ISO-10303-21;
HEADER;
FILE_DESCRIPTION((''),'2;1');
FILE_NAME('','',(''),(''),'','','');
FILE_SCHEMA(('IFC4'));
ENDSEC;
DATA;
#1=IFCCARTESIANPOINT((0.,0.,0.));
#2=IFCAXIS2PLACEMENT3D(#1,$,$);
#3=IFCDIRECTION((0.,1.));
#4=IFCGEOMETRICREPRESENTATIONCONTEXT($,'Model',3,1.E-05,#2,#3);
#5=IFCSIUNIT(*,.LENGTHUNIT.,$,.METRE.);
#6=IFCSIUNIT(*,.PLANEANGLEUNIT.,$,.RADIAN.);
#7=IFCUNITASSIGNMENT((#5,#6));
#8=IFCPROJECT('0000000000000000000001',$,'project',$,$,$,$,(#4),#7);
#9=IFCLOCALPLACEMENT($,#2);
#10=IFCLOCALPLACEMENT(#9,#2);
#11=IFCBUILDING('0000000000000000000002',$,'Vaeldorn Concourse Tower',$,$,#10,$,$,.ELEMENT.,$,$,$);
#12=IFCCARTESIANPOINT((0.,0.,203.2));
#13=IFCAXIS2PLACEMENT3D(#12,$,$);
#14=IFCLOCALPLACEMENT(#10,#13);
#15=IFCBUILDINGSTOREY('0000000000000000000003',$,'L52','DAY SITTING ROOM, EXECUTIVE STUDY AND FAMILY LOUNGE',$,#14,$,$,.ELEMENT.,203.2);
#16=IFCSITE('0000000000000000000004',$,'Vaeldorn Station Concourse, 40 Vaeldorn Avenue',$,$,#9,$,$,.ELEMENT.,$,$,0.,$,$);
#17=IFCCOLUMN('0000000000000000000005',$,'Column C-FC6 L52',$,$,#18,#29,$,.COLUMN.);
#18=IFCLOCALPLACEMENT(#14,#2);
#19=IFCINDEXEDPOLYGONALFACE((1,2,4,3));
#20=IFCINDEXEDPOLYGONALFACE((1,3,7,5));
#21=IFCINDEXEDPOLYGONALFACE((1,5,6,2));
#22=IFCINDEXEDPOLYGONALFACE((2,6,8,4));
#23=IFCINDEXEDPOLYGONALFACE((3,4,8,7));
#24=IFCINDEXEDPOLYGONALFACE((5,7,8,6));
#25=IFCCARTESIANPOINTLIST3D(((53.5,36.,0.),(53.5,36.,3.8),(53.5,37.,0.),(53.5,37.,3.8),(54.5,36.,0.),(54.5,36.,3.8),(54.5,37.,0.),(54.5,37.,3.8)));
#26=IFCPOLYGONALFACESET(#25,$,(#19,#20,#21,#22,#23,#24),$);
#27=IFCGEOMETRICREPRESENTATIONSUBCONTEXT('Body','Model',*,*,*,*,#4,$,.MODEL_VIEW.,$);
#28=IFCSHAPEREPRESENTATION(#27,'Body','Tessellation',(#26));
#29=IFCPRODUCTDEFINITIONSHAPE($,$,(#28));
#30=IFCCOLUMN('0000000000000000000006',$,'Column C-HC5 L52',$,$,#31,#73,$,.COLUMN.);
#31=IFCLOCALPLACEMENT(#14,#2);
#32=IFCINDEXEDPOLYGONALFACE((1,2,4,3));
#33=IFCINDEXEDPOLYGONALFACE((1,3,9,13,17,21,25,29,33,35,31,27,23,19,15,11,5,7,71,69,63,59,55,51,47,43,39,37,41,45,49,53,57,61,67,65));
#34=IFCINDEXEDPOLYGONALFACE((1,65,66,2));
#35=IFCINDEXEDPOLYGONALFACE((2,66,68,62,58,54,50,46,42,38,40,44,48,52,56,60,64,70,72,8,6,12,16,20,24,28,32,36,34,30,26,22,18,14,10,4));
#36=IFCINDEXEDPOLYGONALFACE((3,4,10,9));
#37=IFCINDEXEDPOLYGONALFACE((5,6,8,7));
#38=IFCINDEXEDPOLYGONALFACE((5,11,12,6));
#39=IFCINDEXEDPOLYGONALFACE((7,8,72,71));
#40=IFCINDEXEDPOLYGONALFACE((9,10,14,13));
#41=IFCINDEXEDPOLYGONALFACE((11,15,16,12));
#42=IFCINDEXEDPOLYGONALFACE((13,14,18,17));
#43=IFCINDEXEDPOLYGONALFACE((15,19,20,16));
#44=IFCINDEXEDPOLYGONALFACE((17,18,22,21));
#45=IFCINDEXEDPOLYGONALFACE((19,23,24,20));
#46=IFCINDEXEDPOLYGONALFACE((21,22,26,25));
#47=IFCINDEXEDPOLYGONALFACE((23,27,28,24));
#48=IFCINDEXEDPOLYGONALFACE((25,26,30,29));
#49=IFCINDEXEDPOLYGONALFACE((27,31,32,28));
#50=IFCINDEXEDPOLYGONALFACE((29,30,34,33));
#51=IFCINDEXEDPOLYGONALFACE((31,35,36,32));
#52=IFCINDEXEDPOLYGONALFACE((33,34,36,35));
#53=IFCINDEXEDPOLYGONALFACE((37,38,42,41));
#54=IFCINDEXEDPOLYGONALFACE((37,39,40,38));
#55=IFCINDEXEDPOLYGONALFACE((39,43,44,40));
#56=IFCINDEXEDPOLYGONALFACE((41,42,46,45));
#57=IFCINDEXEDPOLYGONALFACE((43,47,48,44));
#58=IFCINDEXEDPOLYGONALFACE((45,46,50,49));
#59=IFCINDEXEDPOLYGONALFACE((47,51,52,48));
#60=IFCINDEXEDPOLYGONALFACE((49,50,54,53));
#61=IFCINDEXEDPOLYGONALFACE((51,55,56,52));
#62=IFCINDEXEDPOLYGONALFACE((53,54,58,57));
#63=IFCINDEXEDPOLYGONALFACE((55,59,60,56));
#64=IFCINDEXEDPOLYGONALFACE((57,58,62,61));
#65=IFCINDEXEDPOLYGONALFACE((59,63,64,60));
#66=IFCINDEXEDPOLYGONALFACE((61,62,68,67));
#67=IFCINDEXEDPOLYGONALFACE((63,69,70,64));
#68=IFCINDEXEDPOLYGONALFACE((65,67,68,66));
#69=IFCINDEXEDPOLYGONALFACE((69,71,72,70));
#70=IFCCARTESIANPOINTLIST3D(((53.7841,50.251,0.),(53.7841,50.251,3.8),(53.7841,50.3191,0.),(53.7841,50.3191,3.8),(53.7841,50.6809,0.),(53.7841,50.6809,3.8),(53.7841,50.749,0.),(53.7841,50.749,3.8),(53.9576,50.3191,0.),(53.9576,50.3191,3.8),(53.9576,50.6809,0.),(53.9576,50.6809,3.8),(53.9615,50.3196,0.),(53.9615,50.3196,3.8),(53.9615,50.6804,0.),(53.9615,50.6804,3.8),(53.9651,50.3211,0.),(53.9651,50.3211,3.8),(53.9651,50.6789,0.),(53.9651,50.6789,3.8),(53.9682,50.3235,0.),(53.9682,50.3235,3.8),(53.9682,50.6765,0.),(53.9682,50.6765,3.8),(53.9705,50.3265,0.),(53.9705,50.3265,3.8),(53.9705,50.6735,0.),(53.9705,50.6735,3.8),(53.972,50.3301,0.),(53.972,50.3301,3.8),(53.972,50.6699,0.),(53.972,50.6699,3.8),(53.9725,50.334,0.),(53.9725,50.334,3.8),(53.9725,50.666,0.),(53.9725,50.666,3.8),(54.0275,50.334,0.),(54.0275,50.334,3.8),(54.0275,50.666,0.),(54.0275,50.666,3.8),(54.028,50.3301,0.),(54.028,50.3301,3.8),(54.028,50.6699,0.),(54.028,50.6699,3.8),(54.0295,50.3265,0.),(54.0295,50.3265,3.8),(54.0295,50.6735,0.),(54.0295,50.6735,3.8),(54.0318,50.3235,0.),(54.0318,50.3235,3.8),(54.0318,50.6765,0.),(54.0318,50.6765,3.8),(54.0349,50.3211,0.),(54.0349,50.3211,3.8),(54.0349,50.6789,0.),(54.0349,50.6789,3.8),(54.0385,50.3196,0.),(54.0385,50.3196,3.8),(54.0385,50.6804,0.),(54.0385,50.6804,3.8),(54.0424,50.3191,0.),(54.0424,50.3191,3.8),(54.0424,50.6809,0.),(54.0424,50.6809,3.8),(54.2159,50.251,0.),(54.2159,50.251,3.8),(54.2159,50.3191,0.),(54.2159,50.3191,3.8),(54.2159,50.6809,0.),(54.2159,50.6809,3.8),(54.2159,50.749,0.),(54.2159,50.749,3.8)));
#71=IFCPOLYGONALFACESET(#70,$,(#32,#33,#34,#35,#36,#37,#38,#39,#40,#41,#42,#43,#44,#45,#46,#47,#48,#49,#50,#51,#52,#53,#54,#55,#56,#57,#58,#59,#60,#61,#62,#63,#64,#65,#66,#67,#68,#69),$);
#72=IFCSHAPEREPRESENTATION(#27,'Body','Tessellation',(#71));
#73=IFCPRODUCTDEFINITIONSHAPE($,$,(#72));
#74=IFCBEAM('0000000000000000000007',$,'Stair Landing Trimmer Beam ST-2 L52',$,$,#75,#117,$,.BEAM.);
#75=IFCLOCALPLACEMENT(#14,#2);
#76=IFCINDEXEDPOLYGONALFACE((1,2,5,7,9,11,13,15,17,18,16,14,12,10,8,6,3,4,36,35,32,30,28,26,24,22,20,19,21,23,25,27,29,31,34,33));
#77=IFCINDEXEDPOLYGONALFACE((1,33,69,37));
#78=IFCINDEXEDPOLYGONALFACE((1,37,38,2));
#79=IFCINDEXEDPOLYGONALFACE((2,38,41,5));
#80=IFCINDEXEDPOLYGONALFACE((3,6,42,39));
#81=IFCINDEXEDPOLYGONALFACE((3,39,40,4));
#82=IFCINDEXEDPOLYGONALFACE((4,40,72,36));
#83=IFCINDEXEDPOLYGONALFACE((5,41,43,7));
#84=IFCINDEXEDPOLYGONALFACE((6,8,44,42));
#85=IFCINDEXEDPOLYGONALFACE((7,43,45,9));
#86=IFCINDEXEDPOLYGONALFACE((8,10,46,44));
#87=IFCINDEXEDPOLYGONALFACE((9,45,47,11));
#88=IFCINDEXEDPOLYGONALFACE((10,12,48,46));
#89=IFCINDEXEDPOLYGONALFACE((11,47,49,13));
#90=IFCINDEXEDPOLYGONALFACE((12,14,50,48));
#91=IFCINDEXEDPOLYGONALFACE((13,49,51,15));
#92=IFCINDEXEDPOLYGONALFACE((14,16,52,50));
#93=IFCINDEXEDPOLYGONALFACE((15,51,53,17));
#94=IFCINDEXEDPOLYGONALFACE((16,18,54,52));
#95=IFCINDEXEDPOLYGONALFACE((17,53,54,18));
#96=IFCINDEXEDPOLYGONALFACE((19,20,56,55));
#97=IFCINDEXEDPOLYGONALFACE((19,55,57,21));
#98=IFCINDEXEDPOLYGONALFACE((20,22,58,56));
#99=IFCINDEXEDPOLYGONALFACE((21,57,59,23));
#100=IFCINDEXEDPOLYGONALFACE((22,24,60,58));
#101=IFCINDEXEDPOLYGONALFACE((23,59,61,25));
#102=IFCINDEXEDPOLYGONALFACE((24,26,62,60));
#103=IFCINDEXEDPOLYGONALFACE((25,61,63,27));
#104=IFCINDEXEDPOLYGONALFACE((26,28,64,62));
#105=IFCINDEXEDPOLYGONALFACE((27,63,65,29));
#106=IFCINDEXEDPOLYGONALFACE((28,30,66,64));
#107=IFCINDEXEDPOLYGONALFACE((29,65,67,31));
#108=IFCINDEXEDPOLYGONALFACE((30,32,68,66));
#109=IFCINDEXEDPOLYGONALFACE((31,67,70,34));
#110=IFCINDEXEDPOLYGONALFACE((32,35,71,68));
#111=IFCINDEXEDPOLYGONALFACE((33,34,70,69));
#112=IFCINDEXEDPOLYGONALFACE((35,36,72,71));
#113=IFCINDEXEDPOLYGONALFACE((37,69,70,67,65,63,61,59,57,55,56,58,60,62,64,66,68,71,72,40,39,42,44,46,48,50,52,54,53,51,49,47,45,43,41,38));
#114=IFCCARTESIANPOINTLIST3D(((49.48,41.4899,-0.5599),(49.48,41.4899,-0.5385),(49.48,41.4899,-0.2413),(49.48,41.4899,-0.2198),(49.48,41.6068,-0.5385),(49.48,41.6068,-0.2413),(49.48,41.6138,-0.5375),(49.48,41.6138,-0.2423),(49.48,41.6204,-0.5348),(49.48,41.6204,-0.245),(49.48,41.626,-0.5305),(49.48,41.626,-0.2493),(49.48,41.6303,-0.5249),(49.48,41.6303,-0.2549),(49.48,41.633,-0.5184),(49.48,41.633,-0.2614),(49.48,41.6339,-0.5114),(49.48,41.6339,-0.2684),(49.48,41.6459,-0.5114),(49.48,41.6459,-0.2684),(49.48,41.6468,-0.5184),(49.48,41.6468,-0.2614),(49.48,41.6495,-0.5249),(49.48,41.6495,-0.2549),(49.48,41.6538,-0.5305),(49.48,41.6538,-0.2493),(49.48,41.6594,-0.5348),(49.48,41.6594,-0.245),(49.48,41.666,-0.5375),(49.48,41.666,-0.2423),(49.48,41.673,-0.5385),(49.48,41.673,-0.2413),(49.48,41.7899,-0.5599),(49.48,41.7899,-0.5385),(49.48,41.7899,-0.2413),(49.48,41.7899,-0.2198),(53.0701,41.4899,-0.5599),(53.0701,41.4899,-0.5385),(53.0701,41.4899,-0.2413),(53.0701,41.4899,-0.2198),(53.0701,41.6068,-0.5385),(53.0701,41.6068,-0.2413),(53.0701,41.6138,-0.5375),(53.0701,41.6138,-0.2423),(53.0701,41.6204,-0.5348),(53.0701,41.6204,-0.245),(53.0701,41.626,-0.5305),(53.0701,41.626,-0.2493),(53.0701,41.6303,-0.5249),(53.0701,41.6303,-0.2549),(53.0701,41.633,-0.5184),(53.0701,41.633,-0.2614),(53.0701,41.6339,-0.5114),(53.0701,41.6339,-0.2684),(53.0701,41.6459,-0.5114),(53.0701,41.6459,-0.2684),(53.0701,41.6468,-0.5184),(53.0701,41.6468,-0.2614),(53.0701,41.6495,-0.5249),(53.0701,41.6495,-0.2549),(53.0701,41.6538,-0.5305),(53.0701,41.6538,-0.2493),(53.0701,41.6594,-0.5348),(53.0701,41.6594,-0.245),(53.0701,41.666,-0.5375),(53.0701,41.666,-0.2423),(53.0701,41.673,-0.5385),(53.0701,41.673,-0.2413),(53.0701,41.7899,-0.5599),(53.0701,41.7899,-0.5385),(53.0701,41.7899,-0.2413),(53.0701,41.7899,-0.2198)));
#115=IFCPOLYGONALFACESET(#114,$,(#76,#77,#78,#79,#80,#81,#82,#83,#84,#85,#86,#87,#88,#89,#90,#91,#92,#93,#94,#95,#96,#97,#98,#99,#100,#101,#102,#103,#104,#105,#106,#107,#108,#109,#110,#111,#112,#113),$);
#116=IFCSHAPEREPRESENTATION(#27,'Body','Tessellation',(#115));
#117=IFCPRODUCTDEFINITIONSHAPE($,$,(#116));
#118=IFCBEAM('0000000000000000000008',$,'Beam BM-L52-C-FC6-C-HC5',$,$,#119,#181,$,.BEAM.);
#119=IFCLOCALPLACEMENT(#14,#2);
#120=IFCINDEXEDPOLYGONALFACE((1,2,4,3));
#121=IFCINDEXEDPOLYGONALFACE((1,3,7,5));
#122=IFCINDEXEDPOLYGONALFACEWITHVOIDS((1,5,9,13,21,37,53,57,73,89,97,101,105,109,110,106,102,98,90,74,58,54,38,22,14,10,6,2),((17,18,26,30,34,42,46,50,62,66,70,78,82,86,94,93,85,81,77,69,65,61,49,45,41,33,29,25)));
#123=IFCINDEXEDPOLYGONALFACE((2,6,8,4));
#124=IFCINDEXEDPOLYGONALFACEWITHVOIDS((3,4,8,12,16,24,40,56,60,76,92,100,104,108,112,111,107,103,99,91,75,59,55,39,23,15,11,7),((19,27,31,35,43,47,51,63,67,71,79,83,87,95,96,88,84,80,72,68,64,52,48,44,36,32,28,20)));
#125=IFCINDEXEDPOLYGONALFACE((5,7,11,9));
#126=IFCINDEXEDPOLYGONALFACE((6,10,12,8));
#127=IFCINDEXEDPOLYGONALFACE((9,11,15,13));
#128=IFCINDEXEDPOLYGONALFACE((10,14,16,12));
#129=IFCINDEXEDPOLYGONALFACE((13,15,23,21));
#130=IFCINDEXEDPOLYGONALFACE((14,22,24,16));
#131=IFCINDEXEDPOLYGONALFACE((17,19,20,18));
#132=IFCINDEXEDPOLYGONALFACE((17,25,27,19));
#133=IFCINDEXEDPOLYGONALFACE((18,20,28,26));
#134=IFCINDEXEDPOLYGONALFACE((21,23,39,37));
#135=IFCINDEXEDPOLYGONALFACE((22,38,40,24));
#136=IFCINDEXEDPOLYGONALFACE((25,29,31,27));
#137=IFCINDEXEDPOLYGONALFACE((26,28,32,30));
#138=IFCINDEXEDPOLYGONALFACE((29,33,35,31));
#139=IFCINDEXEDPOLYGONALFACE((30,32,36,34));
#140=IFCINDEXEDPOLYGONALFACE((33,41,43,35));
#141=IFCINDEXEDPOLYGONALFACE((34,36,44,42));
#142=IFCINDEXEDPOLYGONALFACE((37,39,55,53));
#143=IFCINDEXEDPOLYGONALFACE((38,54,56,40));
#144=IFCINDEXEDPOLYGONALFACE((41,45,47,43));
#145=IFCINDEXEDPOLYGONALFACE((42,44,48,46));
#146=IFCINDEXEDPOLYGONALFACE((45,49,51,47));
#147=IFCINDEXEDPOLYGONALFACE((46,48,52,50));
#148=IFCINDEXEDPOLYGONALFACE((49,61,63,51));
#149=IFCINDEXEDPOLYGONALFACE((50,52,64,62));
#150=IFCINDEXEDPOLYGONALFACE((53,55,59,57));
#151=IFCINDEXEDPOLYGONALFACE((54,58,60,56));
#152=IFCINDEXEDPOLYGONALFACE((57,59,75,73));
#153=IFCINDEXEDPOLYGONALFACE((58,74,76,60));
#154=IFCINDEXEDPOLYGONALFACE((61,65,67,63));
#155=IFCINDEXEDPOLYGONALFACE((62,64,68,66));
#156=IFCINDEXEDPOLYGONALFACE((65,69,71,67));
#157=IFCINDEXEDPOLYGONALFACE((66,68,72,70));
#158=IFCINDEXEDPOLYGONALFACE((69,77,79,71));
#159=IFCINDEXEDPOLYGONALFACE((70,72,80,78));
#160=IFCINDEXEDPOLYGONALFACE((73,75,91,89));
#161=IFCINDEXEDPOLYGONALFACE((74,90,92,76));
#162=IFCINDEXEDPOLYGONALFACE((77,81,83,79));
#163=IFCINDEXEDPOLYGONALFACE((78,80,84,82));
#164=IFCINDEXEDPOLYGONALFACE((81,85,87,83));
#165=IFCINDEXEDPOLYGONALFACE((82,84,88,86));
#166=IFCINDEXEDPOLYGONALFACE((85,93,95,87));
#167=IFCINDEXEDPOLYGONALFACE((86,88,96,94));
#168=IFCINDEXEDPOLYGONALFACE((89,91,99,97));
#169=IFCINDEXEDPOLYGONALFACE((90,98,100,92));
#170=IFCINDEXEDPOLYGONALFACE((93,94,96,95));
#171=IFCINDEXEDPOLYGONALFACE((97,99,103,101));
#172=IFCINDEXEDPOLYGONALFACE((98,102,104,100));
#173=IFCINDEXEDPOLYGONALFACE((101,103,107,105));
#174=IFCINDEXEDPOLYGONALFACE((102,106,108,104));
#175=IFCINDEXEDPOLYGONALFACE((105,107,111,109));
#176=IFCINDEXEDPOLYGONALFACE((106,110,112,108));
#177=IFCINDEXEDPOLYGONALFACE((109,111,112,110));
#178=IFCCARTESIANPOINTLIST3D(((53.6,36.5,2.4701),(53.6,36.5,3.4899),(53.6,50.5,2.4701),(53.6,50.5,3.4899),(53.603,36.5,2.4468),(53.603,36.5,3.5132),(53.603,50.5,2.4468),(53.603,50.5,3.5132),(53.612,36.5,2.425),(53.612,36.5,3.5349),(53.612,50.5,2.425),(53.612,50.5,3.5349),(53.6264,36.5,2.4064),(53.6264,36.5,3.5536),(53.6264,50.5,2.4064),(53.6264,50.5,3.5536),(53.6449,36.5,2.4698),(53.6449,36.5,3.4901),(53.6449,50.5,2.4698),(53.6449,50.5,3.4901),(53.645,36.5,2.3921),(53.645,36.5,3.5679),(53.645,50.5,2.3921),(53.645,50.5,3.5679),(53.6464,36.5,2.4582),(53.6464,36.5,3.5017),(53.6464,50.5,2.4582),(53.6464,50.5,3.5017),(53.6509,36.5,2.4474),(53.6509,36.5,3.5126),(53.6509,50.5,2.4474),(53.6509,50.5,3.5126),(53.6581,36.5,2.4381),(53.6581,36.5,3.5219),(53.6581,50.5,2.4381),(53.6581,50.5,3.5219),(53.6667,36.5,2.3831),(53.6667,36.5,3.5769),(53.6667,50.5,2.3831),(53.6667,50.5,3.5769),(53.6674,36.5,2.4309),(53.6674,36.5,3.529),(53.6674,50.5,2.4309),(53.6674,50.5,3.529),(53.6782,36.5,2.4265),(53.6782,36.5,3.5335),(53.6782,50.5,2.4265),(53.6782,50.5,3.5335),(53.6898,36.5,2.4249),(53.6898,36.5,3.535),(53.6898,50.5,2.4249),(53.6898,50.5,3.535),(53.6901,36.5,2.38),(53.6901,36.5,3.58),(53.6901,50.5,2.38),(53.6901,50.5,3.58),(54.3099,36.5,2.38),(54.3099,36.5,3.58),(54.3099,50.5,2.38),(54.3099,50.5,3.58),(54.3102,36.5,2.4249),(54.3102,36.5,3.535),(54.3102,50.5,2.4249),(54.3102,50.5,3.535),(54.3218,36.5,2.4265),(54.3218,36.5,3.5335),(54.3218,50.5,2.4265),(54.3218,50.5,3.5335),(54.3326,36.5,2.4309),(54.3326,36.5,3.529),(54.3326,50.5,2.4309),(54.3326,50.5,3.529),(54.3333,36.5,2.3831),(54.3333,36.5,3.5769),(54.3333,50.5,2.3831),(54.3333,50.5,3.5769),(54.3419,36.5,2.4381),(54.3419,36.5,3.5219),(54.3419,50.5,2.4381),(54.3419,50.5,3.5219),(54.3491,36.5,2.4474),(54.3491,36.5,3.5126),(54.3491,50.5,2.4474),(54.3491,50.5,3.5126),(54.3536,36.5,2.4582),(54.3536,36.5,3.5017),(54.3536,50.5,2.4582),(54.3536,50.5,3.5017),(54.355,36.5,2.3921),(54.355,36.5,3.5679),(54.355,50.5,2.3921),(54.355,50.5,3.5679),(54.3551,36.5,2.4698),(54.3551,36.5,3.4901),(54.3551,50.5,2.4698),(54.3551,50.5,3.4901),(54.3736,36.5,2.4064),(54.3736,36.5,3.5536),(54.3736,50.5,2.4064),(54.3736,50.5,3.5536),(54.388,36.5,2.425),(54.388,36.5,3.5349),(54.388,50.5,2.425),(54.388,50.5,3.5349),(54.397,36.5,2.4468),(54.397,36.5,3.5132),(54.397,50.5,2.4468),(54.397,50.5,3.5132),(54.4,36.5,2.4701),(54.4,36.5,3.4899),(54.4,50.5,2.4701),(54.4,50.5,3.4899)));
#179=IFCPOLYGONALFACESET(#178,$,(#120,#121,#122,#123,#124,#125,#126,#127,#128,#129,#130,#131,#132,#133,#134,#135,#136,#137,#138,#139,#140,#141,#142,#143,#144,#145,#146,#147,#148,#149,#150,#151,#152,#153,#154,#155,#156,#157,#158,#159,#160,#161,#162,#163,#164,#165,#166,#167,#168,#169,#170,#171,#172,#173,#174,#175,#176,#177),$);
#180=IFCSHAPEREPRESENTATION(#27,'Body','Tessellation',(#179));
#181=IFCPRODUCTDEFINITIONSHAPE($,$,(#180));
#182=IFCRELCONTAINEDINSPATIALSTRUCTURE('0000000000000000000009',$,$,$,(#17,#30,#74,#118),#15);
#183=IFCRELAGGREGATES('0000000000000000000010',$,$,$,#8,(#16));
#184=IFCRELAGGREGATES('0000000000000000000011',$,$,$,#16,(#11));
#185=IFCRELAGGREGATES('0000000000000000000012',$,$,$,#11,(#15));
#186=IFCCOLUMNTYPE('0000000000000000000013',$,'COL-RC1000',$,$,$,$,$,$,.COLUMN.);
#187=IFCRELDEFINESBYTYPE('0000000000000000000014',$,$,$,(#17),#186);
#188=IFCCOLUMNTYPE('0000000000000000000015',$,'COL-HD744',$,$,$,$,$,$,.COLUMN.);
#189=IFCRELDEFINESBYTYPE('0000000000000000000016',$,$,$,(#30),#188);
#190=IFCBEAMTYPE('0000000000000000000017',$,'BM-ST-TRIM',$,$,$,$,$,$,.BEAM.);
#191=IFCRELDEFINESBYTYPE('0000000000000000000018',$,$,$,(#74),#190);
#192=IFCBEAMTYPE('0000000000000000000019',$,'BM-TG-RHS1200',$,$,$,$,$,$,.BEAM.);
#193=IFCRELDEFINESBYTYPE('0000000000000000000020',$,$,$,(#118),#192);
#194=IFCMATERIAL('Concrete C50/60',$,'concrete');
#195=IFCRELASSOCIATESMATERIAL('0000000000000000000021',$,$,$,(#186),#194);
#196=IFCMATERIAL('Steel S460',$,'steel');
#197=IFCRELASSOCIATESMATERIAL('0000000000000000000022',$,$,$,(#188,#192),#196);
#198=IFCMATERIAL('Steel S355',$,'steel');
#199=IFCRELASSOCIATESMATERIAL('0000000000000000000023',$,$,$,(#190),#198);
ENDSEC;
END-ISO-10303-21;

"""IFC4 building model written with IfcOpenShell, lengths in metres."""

from ifc_helpers import new_model, si_unit, direction, frame, origin, origin_2d, place, context, subcontext, project, spatial, rectangle, hollow_rectangle, i_section, extrude, source, transform, mapped, material, material_profile, profile_set, type_object, element, save


model = new_model("IFC4")

# Units and contexts
model_context = context("Model", 3, precision=1e-05, world=origin(), true_north=direction((0.0, 1.0)))
body_context = subcontext(model_context, "Body", "Model", "MODEL_VIEW")
ifc_project = project(units=[si_unit("LENGTHUNIT", "METRE"), si_unit("PLANEANGLEUNIT", "RADIAN")], contexts=[model_context])

# Site, building, storey
site_placement = place(None, origin())
site = spatial("IfcSite", under=ifc_project, at=site_placement, Name="Vaeldorn Station Concourse, 40 Vaeldorn Avenue", CompositionType="ELEMENT", RefElevation=0.0)
building_placement = place(site_placement, origin())
building = spatial("IfcBuilding", under=site, at=building_placement, Name="Vaeldorn Concourse Tower", CompositionType="ELEMENT")
storey_placement = place(building_placement, frame((0.0, 0.0, 203.2)))
storey = spatial("IfcBuildingStorey", under=building, at=storey_placement, Name="L52", Description="DAY SITTING ROOM, EXECUTIVE STUDY AND FAMILY LOUNGE", CompositionType="ELEMENT", Elevation=203.2)

# Columns
ifc_material_1 = material(Name="Concrete C50/60", Category="concrete")
ifc_material_profile_1 = material_profile(ifc_material_1, rectangle(XDim=1.0, YDim=1.0, at=origin_2d()), Name="RC 1000x1000")
ifc_profile_set_1 = profile_set([ifc_material_profile_1], Name="Concrete C50/60")
column_type_1 = type_object("IfcColumnType", Name="COL-RC1000", PredefinedType="COLUMN", material=ifc_profile_set_1)
shared_shape_1 = source(origin(), body_context, "Body", "SweptSolid", [
    extrude(rectangle(XDim=1.0, YDim=1.0, at=origin_2d()), origin(), (0.0, 0.0, 1.0), 3.8),
])
column_1_placement = place(storey_placement, frame((54.0, 36.5, 0.0), z_axis=(0.0, 0.0, 1.0), x_axis=(1.0, 0.0, 0.0)))
element("IfcColumn", 1, at=column_1_placement, inside=storey, type_object=column_type_1, Name="Column C-FC6 L52", PredefinedType="COLUMN", context=body_context, shape_type="MappedRepresentation", body=[
    mapped(shared_shape_1, transform((0.0, 0.0, 0.0), scale=1.0)),
])
ifc_material_2 = material(Name="Steel S460", Category="steel")
ifc_material_profile_2 = material_profile(ifc_material_2, i_section(OverallWidth=0.4319, OverallDepth=0.498, WebThickness=0.0549, FlangeThickness=0.0681, FilletRadius=0.0149, at=origin_2d()), Name="HD 400x744")
ifc_profile_set_2 = profile_set([ifc_material_profile_2], Name="Steel S460")
column_type_2 = type_object("IfcColumnType", Name="COL-HD744", PredefinedType="COLUMN", material=ifc_profile_set_2)
shared_shape_2 = source(origin(), body_context, "Body", "SweptSolid", [
    extrude(i_section(OverallWidth=0.4319, OverallDepth=0.498, WebThickness=0.0549, FlangeThickness=0.0681, FilletRadius=0.0149, at=origin_2d()), origin(), (0.0, 0.0, 1.0), 3.8),
])
column_2_placement = place(storey_placement, frame((54.0, 50.5, 0.0), z_axis=(0.0, 0.0, 1.0), x_axis=(1.0, 0.0, 0.0)))
element("IfcColumn", 2, at=column_2_placement, inside=storey, type_object=column_type_2, Name="Column C-HC5 L52", PredefinedType="COLUMN", context=body_context, shape_type="MappedRepresentation", body=[
    mapped(shared_shape_2, transform((0.0, 0.0, 0.0), scale=1.0)),
])

# Beams
ifc_material_3 = material(Name="Steel S355", Category="steel")
ifc_material_profile_3 = material_profile(ifc_material_3, i_section(OverallWidth=0.3, OverallDepth=0.3401, WebThickness=0.012, FlangeThickness=0.0215, FilletRadius=0.0271, at=origin_2d()), Name="HEB 340")
ifc_profile_set_3 = profile_set([ifc_material_profile_3], Name="Steel S355")
beam_type_1 = type_object("IfcBeamType", Name="BM-ST-TRIM", PredefinedType="BEAM", material=ifc_profile_set_3)
shared_shape_3 = source(origin(), body_context, "Body", "SweptSolid", [
    extrude(i_section(OverallWidth=0.3, OverallDepth=0.3401, WebThickness=0.012, FlangeThickness=0.0215, FilletRadius=0.0271, at=origin_2d()), origin(), (0.0, 0.0, 1.0), 3.5901),
])
beam_1_placement = place(storey_placement, frame((49.48, 41.6399, -0.3899), z_axis=(1.0, 0.0, 0.0), x_axis=(0.0, 1.0, 0.0)))
element("IfcBeam", 3, at=beam_1_placement, inside=storey, type_object=beam_type_1, Name="Stair Landing Trimmer Beam ST-2 L52", PredefinedType="BEAM", context=body_context, shape_type="MappedRepresentation", body=[
    mapped(shared_shape_3, transform((0.0, 0.0, 0.0), scale=1.0)),
])
ifc_material_profile_4 = material_profile(ifc_material_2, hollow_rectangle(XDim=0.8, YDim=1.2, WallThickness=0.0449, InnerFilletRadius=0.0449, OuterFilletRadius=0.0901, at=origin_2d()), Name="RHS 1200x800x45")
ifc_profile_set_4 = profile_set([ifc_material_profile_4], Name="Steel S460")
beam_type_2 = type_object("IfcBeamType", Name="BM-TG-RHS1200", PredefinedType="BEAM", material=ifc_profile_set_4)
shared_shape_4 = source(origin(), body_context, "Body", "SweptSolid", [
    extrude(hollow_rectangle(XDim=0.8, YDim=1.2, WallThickness=0.0449, InnerFilletRadius=0.0449, OuterFilletRadius=0.0901, at=origin_2d()), origin(), (0.0, 0.0, 1.0), 14.0),
])
beam_2_placement = place(storey_placement, frame((54.0, 36.5, 2.98), z_axis=(0.0, 1.0, 0.0), x_axis=(-1.0, 0.0, 0.0)))
element("IfcBeam", 4, at=beam_2_placement, inside=storey, type_object=beam_type_2, Name="Beam BM-L52-C-FC6-C-HC5", PredefinedType="BEAM", context=body_context, shape_type="MappedRepresentation", body=[
    mapped(shared_shape_4, transform((0.0, 0.0, 0.0), scale=1.0)),
])

save(model, "model.ifc")
